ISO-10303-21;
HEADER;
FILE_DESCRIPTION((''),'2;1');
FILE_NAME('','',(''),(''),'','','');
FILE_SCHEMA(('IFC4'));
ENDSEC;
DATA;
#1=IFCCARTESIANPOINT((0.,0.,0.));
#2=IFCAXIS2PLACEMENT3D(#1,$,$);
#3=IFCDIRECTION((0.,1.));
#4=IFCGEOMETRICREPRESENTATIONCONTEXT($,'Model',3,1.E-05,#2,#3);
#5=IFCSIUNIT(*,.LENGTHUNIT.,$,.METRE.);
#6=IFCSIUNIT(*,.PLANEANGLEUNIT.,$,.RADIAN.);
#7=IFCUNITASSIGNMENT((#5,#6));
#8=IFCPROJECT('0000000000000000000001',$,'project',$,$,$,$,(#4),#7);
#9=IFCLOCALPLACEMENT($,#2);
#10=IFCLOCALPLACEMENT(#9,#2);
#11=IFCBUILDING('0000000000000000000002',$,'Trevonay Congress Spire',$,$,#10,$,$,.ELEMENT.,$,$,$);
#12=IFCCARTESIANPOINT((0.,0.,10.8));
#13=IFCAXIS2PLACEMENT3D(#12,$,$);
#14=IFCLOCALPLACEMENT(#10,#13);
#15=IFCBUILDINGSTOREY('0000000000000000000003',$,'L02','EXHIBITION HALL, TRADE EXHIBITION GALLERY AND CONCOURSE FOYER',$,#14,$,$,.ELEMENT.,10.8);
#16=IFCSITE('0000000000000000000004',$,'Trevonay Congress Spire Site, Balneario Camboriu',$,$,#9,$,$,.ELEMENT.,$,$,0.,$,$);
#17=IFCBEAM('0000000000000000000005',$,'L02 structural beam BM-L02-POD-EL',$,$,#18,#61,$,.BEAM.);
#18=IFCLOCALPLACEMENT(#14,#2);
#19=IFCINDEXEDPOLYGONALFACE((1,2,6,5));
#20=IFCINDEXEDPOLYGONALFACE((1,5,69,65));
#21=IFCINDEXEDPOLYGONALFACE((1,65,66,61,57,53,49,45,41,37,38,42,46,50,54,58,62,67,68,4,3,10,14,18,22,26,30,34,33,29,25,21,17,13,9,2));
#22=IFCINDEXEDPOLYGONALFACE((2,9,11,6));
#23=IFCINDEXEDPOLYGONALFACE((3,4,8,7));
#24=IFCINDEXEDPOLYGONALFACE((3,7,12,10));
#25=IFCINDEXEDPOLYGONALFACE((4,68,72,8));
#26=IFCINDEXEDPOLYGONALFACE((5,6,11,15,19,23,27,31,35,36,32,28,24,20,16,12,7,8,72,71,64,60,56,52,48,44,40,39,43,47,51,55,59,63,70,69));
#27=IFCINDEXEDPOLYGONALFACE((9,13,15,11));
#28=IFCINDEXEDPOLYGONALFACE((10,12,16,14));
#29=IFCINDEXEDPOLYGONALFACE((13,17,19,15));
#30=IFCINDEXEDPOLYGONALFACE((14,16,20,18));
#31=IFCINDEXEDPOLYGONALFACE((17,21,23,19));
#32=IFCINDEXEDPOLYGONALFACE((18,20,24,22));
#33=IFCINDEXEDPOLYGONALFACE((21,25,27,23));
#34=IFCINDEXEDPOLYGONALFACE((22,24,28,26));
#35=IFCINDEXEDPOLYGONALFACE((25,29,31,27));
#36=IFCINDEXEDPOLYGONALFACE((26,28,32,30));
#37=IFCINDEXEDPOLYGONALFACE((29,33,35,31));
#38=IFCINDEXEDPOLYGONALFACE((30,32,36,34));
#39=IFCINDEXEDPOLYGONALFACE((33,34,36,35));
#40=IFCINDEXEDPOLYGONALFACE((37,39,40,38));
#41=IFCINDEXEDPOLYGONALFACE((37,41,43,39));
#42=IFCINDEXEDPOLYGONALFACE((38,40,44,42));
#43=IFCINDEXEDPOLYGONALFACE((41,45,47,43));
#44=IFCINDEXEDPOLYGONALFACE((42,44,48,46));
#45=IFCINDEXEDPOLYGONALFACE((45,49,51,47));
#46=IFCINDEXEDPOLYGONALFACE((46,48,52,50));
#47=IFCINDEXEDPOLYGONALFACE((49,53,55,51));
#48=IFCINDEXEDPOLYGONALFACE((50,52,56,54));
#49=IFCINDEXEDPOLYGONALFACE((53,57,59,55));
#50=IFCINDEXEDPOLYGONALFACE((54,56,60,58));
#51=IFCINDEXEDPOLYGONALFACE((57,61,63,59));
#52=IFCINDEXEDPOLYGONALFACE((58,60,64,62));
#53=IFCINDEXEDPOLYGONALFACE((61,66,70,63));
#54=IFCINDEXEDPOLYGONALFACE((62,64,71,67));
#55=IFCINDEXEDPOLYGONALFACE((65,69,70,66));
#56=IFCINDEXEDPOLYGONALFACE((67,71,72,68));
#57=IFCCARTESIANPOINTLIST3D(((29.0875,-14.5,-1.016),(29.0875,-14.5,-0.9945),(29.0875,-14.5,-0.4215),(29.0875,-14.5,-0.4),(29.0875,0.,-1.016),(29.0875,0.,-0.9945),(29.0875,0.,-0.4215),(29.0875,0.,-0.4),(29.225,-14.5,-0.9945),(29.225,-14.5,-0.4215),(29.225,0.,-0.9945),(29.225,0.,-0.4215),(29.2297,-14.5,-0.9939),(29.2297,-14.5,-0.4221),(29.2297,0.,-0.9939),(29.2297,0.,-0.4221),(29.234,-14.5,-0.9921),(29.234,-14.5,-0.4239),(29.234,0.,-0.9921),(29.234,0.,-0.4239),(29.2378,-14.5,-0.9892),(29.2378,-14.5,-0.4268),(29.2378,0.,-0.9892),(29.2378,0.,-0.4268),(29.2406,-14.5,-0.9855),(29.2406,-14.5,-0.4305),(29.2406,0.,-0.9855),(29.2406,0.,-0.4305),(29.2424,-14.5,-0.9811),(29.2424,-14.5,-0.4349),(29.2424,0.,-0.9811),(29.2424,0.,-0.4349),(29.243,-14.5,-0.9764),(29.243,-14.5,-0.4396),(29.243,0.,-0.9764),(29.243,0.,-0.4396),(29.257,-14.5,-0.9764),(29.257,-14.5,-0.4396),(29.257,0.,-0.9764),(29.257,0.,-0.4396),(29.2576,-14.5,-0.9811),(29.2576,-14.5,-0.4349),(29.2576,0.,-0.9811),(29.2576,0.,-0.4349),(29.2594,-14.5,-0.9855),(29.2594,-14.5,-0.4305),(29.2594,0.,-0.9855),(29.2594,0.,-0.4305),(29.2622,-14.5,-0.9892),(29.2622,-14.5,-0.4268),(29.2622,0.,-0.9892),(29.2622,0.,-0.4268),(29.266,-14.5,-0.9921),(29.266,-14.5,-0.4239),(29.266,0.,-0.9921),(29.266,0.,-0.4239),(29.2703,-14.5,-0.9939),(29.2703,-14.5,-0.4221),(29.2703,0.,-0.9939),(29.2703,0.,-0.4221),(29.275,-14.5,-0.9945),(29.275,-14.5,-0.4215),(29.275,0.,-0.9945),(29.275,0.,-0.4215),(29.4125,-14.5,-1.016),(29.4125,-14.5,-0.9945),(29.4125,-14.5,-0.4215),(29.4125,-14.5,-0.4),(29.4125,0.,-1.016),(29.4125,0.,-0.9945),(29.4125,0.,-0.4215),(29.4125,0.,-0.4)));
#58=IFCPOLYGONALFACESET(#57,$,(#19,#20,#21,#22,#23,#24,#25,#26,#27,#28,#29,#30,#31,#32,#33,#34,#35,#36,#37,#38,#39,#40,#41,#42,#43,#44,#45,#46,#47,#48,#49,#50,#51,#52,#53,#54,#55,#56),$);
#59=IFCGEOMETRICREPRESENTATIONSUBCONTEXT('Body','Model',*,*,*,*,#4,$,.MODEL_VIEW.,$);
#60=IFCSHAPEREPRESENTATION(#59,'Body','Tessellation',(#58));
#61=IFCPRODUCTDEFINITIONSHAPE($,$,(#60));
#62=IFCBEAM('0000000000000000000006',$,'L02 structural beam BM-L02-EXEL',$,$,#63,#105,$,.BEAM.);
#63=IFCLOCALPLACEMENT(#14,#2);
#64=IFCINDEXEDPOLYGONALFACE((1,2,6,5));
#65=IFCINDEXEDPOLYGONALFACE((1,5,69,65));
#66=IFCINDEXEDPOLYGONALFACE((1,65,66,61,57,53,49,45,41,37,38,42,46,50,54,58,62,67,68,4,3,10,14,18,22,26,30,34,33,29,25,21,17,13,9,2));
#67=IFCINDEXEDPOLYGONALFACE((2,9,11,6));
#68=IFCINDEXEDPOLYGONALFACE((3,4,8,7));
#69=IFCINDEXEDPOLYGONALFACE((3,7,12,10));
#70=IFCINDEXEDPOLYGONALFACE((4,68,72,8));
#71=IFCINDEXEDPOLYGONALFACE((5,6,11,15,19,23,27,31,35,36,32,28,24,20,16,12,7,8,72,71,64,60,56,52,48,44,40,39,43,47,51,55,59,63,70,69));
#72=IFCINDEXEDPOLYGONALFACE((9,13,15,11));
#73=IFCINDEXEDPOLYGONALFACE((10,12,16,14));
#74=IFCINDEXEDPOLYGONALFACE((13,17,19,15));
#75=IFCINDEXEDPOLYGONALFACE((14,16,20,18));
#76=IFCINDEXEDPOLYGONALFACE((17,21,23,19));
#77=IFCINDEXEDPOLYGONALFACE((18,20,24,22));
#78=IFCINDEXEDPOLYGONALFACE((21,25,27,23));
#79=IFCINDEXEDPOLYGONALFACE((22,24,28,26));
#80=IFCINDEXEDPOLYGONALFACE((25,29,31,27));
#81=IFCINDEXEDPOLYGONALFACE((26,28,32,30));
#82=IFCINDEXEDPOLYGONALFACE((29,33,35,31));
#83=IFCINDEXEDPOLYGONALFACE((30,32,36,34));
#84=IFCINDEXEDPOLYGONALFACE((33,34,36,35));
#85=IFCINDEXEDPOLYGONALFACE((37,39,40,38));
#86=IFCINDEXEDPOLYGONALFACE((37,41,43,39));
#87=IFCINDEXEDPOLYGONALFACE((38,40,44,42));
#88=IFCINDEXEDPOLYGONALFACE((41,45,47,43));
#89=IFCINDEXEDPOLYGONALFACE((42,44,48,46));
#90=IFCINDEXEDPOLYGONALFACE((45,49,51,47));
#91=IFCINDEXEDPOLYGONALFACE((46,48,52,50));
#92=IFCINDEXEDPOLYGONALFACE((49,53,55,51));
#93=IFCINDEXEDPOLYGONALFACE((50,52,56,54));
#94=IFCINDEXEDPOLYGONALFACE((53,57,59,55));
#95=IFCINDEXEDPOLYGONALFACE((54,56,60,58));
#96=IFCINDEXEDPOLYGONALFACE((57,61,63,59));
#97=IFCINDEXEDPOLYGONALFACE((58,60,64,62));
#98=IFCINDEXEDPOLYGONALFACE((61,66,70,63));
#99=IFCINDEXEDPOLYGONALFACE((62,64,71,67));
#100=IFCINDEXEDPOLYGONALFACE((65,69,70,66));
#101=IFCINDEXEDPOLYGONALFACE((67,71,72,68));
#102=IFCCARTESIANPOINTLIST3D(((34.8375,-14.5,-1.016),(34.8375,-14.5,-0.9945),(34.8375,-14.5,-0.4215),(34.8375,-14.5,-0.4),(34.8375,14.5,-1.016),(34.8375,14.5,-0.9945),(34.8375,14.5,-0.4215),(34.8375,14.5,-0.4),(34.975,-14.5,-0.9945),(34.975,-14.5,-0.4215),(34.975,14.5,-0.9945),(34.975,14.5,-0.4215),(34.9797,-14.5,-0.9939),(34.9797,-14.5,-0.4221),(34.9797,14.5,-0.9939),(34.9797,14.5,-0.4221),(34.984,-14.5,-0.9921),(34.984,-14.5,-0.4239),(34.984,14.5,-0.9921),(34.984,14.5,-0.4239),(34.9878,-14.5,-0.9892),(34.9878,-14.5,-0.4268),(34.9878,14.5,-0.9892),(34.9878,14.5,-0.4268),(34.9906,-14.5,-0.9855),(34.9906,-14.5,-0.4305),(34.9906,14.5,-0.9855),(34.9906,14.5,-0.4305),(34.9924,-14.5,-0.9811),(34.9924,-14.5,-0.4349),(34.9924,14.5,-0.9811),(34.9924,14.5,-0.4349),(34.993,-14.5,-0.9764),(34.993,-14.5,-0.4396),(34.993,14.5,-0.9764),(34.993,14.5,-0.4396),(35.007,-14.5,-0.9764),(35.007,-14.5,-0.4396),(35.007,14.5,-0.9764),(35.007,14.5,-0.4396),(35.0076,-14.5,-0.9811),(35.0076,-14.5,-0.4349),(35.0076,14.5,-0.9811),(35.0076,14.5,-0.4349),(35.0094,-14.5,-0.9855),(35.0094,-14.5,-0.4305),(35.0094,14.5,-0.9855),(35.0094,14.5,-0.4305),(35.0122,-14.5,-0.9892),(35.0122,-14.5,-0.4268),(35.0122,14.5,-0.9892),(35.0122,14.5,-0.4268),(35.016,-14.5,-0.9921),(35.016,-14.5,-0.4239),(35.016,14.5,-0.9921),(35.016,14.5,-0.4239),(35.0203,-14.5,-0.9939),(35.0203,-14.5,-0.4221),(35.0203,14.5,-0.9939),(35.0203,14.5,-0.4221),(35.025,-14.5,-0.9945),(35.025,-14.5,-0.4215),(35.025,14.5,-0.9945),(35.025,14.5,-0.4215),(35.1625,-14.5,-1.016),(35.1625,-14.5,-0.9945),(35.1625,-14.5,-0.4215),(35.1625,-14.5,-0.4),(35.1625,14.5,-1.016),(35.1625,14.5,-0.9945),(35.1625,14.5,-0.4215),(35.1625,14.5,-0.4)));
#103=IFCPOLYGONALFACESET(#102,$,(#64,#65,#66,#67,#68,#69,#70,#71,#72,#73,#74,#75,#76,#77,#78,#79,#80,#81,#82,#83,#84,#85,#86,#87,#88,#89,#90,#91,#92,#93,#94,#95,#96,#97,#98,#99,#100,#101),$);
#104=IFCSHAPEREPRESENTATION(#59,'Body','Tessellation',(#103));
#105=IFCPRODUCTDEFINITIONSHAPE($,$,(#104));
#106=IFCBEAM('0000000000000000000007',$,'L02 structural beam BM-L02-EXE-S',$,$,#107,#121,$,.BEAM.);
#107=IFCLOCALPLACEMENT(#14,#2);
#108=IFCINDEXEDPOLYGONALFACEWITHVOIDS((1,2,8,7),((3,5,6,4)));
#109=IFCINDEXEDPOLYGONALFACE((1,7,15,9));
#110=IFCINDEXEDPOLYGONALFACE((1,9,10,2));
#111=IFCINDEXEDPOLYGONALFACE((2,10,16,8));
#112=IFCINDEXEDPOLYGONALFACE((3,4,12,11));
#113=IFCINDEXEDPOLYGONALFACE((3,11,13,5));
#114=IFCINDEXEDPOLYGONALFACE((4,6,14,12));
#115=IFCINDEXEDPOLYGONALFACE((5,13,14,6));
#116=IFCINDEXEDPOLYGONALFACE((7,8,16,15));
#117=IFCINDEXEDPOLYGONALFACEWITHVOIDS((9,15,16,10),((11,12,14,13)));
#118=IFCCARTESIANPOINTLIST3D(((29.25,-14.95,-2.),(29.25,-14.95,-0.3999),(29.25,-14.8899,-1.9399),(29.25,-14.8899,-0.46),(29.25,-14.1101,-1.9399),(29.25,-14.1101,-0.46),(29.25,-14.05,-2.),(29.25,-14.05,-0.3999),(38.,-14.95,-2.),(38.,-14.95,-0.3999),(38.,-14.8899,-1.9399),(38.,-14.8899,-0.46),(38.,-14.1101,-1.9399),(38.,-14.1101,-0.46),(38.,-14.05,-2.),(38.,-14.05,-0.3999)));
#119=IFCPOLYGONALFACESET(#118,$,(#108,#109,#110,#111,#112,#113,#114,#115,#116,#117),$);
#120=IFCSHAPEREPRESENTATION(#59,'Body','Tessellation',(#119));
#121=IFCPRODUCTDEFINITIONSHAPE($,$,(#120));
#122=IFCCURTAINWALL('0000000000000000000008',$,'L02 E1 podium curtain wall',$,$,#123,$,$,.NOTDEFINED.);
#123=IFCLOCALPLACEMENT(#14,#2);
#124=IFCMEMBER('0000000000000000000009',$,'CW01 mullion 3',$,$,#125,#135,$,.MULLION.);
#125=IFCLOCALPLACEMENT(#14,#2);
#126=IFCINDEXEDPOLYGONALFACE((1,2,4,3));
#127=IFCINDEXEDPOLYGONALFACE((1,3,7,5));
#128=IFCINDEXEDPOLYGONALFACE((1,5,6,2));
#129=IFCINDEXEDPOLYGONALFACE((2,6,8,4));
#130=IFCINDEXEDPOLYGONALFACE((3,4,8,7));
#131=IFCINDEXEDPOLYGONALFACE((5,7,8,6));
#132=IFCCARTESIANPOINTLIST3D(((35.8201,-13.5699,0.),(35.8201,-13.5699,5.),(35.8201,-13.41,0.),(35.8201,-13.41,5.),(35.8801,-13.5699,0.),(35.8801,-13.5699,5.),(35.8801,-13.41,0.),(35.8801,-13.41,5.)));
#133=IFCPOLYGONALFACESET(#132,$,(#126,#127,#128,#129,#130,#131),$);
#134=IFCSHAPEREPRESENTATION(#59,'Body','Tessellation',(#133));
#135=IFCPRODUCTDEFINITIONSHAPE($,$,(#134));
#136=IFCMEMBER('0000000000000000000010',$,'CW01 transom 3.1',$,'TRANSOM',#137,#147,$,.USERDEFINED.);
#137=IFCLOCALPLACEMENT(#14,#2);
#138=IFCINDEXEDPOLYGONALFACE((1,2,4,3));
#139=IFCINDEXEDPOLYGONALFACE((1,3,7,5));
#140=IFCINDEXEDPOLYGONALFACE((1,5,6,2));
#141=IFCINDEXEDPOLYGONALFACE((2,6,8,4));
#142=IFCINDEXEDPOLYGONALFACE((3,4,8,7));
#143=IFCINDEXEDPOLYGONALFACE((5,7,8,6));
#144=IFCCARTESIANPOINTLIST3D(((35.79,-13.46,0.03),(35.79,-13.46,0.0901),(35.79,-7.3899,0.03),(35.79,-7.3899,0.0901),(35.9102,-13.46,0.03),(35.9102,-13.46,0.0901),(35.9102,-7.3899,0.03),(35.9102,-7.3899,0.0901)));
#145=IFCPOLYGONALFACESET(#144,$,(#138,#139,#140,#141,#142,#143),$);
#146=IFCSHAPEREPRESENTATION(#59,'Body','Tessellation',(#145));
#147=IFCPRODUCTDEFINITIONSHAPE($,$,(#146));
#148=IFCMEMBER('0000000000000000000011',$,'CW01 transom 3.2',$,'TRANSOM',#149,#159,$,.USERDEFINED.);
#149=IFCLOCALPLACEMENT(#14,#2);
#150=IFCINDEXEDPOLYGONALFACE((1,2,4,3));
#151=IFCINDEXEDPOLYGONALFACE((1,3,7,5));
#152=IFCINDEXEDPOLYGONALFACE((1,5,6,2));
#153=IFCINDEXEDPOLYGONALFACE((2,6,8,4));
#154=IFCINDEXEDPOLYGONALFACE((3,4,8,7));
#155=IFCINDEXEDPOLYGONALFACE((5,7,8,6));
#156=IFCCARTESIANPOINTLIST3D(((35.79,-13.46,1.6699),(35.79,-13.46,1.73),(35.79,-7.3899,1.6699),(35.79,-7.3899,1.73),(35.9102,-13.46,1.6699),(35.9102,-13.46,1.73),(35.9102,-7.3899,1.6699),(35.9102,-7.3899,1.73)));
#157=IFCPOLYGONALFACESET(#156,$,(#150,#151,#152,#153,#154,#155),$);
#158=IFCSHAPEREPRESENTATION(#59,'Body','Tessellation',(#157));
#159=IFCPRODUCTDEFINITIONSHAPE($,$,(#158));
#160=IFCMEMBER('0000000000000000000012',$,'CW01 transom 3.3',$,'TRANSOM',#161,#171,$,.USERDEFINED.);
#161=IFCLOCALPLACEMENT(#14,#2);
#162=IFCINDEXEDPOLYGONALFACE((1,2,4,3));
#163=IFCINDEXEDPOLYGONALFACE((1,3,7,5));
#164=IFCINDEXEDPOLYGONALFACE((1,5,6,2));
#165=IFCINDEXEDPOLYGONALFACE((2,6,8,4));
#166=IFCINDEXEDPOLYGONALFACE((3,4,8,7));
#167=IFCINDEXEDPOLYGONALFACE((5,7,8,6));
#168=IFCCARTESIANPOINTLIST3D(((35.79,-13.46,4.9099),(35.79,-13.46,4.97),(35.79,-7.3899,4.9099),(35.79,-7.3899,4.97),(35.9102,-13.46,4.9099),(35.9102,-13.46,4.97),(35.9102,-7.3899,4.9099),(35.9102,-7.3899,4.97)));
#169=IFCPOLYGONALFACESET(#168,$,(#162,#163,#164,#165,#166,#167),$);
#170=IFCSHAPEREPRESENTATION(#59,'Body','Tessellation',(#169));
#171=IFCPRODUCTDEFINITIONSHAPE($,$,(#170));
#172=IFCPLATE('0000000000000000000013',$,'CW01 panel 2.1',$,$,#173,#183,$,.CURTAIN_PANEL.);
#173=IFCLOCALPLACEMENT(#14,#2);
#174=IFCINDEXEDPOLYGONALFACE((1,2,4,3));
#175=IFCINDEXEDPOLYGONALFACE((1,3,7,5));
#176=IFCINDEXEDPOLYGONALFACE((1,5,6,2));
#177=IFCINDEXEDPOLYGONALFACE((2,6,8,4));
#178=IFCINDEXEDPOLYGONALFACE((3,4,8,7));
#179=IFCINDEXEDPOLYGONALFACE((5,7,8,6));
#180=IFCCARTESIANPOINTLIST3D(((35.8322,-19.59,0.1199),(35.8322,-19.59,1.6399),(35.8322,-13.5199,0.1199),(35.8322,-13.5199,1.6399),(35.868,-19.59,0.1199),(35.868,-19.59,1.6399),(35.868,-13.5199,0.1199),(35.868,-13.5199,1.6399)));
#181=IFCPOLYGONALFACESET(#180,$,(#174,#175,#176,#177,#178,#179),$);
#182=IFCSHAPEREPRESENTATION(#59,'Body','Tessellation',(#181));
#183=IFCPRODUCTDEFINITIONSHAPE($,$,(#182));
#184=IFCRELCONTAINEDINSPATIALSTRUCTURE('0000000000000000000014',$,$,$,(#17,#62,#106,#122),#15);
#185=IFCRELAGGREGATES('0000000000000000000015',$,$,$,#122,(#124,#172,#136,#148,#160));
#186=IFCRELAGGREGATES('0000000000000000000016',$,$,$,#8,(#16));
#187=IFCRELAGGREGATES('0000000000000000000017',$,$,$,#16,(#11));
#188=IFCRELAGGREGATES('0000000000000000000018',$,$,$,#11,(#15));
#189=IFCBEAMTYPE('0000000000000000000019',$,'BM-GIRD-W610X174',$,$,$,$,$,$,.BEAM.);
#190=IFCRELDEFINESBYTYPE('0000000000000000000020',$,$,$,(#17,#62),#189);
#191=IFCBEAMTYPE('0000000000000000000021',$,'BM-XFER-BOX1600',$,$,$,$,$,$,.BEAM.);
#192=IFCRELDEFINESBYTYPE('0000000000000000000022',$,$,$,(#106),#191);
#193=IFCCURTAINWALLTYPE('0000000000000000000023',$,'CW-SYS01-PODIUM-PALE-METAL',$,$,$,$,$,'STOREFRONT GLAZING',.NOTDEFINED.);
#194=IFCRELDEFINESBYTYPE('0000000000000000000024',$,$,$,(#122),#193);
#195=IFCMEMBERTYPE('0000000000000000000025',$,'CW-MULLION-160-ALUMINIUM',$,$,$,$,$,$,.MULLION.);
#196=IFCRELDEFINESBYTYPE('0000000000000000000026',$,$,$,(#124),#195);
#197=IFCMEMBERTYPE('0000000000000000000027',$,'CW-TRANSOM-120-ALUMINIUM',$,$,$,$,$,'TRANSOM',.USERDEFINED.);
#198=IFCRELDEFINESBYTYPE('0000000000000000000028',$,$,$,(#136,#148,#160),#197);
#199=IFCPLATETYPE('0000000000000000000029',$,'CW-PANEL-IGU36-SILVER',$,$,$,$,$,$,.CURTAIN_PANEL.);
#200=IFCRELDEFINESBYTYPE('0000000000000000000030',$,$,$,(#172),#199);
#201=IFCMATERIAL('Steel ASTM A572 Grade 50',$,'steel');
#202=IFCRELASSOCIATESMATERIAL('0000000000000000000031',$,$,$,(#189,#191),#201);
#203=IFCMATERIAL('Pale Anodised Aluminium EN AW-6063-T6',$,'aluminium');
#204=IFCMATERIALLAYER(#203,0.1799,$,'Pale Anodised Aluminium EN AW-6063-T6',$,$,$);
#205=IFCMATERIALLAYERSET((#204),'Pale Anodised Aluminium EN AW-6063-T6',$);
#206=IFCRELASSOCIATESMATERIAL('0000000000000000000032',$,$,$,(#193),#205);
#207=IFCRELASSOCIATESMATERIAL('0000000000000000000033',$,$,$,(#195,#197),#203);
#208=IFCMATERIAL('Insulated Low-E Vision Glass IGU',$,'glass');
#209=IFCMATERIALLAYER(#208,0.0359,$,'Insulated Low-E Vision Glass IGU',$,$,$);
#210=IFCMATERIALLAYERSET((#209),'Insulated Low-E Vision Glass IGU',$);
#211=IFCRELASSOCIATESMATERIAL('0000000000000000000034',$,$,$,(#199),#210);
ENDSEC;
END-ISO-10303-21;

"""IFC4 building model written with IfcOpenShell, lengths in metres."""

from ifc_helpers import new_model, si_unit, direction, frame, origin, origin_2d, place, context, subcontext, project, spatial, rectangle, hollow_rectangle, i_section, extrude, material, layer, layer_set, material_profile, profile_set, type_object, element, aggregate, save


model = new_model("IFC4")

# Units and contexts
model_context = context("Model", 3, precision=1e-05, world=origin(), true_north=direction((0.0, 1.0)))
body_context = subcontext(model_context, "Body", "Model", "MODEL_VIEW")
ifc_project = project(units=[si_unit("LENGTHUNIT", "METRE"), si_unit("PLANEANGLEUNIT", "RADIAN")], contexts=[model_context])

# Site, building, storey
site_placement = place(None, origin())
site = spatial("IfcSite", under=ifc_project, at=site_placement, Name="Trevonay Congress Spire Site, Balneario Camboriu", CompositionType="ELEMENT", RefElevation=0.0)
building_placement = place(site_placement, origin())
building = spatial("IfcBuilding", under=site, at=building_placement, Name="Trevonay Congress Spire", CompositionType="ELEMENT")
storey_placement = place(building_placement, frame((0.0, 0.0, 10.8)))
storey = spatial("IfcBuildingStorey", under=building, at=storey_placement, Name="L02", Description="EXHIBITION HALL, TRADE EXHIBITION GALLERY AND CONCOURSE FOYER", CompositionType="ELEMENT", Elevation=10.8)

# Shared definitions
ifc_material_1 = material(Name="Steel ASTM A572 Grade 50", Category="steel")

# Beams
ifc_material_profile_1 = material_profile(ifc_material_1, i_section(OverallWidth=0.325, OverallDepth=0.616, WebThickness=0.0139, FlangeThickness=0.0215, FilletRadius=0.0181, at=origin_2d()), Name="W610x174")
ifc_profile_set_1 = profile_set([ifc_material_profile_1], Name="Steel ASTM A572 Grade 50")
beam_type_1 = type_object("IfcBeamType", Name="BM-GIRD-W610X174", PredefinedType="BEAM", material=ifc_profile_set_1)
beam_1_placement = place(storey_placement, frame((29.25, -14.5, -0.708), z_axis=(0.0, 1.0, 0.0), x_axis=(-1.0, 0.0, 0.0)))
element("IfcBeam", 1, at=beam_1_placement, inside=storey, type_object=beam_type_1, Name="L02 structural beam BM-L02-POD-EL", PredefinedType="BEAM", context=body_context, shape_type="SweptSolid", body=[
    extrude(i_section(OverallWidth=0.325, OverallDepth=0.616, WebThickness=0.0139, FlangeThickness=0.0215, FilletRadius=0.0181, at=origin_2d()), origin(), (0.0, 0.0, 1.0), 14.5),
])
beam_2_placement = place(storey_placement, frame((35.0, -14.5, -0.708), z_axis=(0.0, 1.0, 0.0), x_axis=(-1.0, 0.0, 0.0)))
element("IfcBeam", 2, at=beam_2_placement, inside=storey, type_object=beam_type_1, Name="L02 structural beam BM-L02-EXEL", PredefinedType="BEAM", context=body_context, shape_type="SweptSolid", body=[
    extrude(i_section(OverallWidth=0.325, OverallDepth=0.616, WebThickness=0.0139, FlangeThickness=0.0215, FilletRadius=0.0181, at=origin_2d()), origin(), (0.0, 0.0, 1.0), 29.0),
])
ifc_material_profile_2 = material_profile(ifc_material_1, hollow_rectangle(XDim=0.8999, YDim=1.6001, WallThickness=0.0601, at=origin_2d()), Name="BOX 1600x900x60")
ifc_profile_set_2 = profile_set([ifc_material_profile_2], Name="Steel ASTM A572 Grade 50")
beam_type_2 = type_object("IfcBeamType", Name="BM-XFER-BOX1600", PredefinedType="BEAM", material=ifc_profile_set_2)
beam_3_placement = place(storey_placement, frame((29.25, -14.5, -1.2), z_axis=(1.0, 0.0, 0.0), x_axis=(0.0, 1.0, 0.0)))
element("IfcBeam", 3, at=beam_3_placement, inside=storey, type_object=beam_type_2, Name="L02 structural beam BM-L02-EXE-S", PredefinedType="BEAM", context=body_context, shape_type="SweptSolid", body=[
    extrude(hollow_rectangle(XDim=0.8999, YDim=1.6001, WallThickness=0.0601, at=origin_2d()), origin(), (0.0, 0.0, 1.0), 8.75),
])

# Curtain wall, members, plate
ifc_material_2 = material(Name="Pale Anodised Aluminium EN AW-6063-T6", Category="aluminium")
ifc_layer_1 = layer(ifc_material_2, 0.1799, Name="Pale Anodised Aluminium EN AW-6063-T6")
ifc_layer_set_1 = layer_set([ifc_layer_1], Name="Pale Anodised Aluminium EN AW-6063-T6")
curtain_wall_type = type_object("IfcCurtainWallType", Name="CW-SYS01-PODIUM-PALE-METAL", ElementType="STOREFRONT GLAZING", PredefinedType="NOTDEFINED", material=ifc_layer_set_1)
curtain_wall_placement = place(storey_placement, origin())
curtain_wall = element("IfcCurtainWall", 4, at=curtain_wall_placement, inside=storey, type_object=curtain_wall_type, Name="L02 E1 podium curtain wall", PredefinedType="NOTDEFINED")
ifc_material_profile_3 = material_profile(ifc_material_2, rectangle(XDim=0.0601, YDim=0.1599, at=origin_2d()), Name="CW-MULLION-160-ALUMINIUM")
ifc_profile_set_3 = profile_set([ifc_material_profile_3], Name="Pale Anodised Aluminium EN AW-6063-T6")
member_type_1 = type_object("IfcMemberType", Name="CW-MULLION-160-ALUMINIUM", PredefinedType="MULLION", material=ifc_profile_set_3)
member_1_placement = place(storey_placement, frame((35.8501, -13.49, 0.0), z_axis=(0.0, 0.0, 1.0), x_axis=(-1.0, 0.0, 0.0)))
member_1 = element("IfcMember", 5, at=member_1_placement, type_object=member_type_1, Name="CW01 mullion 3", PredefinedType="MULLION", context=body_context, shape_type="SweptSolid", body=[
    extrude(rectangle(XDim=0.0601, YDim=0.1599, at=origin_2d()), origin(), (0.0, 0.0, 1.0), 5.0),
])
ifc_material_profile_4 = material_profile(ifc_material_2, rectangle(XDim=0.1201, YDim=0.0601, at=origin_2d()), Name="CW-TRANSOM-120-ALUMINIUM")
ifc_profile_set_4 = profile_set([ifc_material_profile_4], Name="Pale Anodised Aluminium EN AW-6063-T6")
member_type_2 = type_object("IfcMemberType", Name="CW-TRANSOM-120-ALUMINIUM", ElementType="TRANSOM", PredefinedType="USERDEFINED", material=ifc_profile_set_4)
member_2_placement = place(storey_placement, frame((35.8501, -13.46, 0.0601), z_axis=(0.0, 1.0, 0.0), x_axis=(-1.0, 0.0, 0.0)))
member_2 = element("IfcMember", 6, at=member_2_placement, type_object=member_type_2, Name="CW01 transom 3.1", ObjectType="TRANSOM", PredefinedType="USERDEFINED", context=body_context, shape_type="SweptSolid", body=[
    extrude(rectangle(XDim=0.1201, YDim=0.0601, at=origin_2d()), origin(), (0.0, 0.0, 1.0), 6.0701),
])
member_3_placement = place(storey_placement, frame((35.8501, -13.46, 1.7), z_axis=(0.0, 1.0, 0.0), x_axis=(-1.0, 0.0, 0.0)))
member_3 = element("IfcMember", 7, at=member_3_placement, type_object=member_type_2, Name="CW01 transom 3.2", ObjectType="TRANSOM", PredefinedType="USERDEFINED", context=body_context, shape_type="SweptSolid", body=[
    extrude(rectangle(XDim=0.1201, YDim=0.0601, at=origin_2d()), origin(), (0.0, 0.0, 1.0), 6.0701),
])
member_4_placement = place(storey_placement, frame((35.8501, -13.46, 4.9399), z_axis=(0.0, 1.0, 0.0), x_axis=(-1.0, 0.0, 0.0)))
member_4 = element("IfcMember", 8, at=member_4_placement, type_object=member_type_2, Name="CW01 transom 3.3", ObjectType="TRANSOM", PredefinedType="USERDEFINED", context=body_context, shape_type="SweptSolid", body=[
    extrude(rectangle(XDim=0.1201, YDim=0.0601, at=origin_2d()), origin(), (0.0, 0.0, 1.0), 6.0701),
])
ifc_material_3 = material(Name="Insulated Low-E Vision Glass IGU", Category="glass")
ifc_layer_2 = layer(ifc_material_3, 0.0359, Name="Insulated Low-E Vision Glass IGU")
ifc_layer_set_2 = layer_set([ifc_layer_2], Name="Insulated Low-E Vision Glass IGU")
plate_type = type_object("IfcPlateType", Name="CW-PANEL-IGU36-SILVER", PredefinedType="CURTAIN_PANEL", material=ifc_layer_set_2)
plate_1_placement = place(storey_placement, frame((35.8501, -16.5549, 0.1199), z_axis=(0.0, 0.0, 1.0), x_axis=(0.0, 1.0, 0.0)))
plate_1 = element("IfcPlate", 9, at=plate_1_placement, type_object=plate_type, Name="CW01 panel 2.1", PredefinedType="CURTAIN_PANEL", context=body_context, shape_type="SweptSolid", body=[
    extrude(rectangle(XDim=6.0701, YDim=0.0359, at=origin_2d()), origin(), (0.0, 0.0, 1.0), 1.52),
])
aggregate(curtain_wall, [member_1, plate_1, member_2, member_3, member_4])

save(model, "model.ifc")
